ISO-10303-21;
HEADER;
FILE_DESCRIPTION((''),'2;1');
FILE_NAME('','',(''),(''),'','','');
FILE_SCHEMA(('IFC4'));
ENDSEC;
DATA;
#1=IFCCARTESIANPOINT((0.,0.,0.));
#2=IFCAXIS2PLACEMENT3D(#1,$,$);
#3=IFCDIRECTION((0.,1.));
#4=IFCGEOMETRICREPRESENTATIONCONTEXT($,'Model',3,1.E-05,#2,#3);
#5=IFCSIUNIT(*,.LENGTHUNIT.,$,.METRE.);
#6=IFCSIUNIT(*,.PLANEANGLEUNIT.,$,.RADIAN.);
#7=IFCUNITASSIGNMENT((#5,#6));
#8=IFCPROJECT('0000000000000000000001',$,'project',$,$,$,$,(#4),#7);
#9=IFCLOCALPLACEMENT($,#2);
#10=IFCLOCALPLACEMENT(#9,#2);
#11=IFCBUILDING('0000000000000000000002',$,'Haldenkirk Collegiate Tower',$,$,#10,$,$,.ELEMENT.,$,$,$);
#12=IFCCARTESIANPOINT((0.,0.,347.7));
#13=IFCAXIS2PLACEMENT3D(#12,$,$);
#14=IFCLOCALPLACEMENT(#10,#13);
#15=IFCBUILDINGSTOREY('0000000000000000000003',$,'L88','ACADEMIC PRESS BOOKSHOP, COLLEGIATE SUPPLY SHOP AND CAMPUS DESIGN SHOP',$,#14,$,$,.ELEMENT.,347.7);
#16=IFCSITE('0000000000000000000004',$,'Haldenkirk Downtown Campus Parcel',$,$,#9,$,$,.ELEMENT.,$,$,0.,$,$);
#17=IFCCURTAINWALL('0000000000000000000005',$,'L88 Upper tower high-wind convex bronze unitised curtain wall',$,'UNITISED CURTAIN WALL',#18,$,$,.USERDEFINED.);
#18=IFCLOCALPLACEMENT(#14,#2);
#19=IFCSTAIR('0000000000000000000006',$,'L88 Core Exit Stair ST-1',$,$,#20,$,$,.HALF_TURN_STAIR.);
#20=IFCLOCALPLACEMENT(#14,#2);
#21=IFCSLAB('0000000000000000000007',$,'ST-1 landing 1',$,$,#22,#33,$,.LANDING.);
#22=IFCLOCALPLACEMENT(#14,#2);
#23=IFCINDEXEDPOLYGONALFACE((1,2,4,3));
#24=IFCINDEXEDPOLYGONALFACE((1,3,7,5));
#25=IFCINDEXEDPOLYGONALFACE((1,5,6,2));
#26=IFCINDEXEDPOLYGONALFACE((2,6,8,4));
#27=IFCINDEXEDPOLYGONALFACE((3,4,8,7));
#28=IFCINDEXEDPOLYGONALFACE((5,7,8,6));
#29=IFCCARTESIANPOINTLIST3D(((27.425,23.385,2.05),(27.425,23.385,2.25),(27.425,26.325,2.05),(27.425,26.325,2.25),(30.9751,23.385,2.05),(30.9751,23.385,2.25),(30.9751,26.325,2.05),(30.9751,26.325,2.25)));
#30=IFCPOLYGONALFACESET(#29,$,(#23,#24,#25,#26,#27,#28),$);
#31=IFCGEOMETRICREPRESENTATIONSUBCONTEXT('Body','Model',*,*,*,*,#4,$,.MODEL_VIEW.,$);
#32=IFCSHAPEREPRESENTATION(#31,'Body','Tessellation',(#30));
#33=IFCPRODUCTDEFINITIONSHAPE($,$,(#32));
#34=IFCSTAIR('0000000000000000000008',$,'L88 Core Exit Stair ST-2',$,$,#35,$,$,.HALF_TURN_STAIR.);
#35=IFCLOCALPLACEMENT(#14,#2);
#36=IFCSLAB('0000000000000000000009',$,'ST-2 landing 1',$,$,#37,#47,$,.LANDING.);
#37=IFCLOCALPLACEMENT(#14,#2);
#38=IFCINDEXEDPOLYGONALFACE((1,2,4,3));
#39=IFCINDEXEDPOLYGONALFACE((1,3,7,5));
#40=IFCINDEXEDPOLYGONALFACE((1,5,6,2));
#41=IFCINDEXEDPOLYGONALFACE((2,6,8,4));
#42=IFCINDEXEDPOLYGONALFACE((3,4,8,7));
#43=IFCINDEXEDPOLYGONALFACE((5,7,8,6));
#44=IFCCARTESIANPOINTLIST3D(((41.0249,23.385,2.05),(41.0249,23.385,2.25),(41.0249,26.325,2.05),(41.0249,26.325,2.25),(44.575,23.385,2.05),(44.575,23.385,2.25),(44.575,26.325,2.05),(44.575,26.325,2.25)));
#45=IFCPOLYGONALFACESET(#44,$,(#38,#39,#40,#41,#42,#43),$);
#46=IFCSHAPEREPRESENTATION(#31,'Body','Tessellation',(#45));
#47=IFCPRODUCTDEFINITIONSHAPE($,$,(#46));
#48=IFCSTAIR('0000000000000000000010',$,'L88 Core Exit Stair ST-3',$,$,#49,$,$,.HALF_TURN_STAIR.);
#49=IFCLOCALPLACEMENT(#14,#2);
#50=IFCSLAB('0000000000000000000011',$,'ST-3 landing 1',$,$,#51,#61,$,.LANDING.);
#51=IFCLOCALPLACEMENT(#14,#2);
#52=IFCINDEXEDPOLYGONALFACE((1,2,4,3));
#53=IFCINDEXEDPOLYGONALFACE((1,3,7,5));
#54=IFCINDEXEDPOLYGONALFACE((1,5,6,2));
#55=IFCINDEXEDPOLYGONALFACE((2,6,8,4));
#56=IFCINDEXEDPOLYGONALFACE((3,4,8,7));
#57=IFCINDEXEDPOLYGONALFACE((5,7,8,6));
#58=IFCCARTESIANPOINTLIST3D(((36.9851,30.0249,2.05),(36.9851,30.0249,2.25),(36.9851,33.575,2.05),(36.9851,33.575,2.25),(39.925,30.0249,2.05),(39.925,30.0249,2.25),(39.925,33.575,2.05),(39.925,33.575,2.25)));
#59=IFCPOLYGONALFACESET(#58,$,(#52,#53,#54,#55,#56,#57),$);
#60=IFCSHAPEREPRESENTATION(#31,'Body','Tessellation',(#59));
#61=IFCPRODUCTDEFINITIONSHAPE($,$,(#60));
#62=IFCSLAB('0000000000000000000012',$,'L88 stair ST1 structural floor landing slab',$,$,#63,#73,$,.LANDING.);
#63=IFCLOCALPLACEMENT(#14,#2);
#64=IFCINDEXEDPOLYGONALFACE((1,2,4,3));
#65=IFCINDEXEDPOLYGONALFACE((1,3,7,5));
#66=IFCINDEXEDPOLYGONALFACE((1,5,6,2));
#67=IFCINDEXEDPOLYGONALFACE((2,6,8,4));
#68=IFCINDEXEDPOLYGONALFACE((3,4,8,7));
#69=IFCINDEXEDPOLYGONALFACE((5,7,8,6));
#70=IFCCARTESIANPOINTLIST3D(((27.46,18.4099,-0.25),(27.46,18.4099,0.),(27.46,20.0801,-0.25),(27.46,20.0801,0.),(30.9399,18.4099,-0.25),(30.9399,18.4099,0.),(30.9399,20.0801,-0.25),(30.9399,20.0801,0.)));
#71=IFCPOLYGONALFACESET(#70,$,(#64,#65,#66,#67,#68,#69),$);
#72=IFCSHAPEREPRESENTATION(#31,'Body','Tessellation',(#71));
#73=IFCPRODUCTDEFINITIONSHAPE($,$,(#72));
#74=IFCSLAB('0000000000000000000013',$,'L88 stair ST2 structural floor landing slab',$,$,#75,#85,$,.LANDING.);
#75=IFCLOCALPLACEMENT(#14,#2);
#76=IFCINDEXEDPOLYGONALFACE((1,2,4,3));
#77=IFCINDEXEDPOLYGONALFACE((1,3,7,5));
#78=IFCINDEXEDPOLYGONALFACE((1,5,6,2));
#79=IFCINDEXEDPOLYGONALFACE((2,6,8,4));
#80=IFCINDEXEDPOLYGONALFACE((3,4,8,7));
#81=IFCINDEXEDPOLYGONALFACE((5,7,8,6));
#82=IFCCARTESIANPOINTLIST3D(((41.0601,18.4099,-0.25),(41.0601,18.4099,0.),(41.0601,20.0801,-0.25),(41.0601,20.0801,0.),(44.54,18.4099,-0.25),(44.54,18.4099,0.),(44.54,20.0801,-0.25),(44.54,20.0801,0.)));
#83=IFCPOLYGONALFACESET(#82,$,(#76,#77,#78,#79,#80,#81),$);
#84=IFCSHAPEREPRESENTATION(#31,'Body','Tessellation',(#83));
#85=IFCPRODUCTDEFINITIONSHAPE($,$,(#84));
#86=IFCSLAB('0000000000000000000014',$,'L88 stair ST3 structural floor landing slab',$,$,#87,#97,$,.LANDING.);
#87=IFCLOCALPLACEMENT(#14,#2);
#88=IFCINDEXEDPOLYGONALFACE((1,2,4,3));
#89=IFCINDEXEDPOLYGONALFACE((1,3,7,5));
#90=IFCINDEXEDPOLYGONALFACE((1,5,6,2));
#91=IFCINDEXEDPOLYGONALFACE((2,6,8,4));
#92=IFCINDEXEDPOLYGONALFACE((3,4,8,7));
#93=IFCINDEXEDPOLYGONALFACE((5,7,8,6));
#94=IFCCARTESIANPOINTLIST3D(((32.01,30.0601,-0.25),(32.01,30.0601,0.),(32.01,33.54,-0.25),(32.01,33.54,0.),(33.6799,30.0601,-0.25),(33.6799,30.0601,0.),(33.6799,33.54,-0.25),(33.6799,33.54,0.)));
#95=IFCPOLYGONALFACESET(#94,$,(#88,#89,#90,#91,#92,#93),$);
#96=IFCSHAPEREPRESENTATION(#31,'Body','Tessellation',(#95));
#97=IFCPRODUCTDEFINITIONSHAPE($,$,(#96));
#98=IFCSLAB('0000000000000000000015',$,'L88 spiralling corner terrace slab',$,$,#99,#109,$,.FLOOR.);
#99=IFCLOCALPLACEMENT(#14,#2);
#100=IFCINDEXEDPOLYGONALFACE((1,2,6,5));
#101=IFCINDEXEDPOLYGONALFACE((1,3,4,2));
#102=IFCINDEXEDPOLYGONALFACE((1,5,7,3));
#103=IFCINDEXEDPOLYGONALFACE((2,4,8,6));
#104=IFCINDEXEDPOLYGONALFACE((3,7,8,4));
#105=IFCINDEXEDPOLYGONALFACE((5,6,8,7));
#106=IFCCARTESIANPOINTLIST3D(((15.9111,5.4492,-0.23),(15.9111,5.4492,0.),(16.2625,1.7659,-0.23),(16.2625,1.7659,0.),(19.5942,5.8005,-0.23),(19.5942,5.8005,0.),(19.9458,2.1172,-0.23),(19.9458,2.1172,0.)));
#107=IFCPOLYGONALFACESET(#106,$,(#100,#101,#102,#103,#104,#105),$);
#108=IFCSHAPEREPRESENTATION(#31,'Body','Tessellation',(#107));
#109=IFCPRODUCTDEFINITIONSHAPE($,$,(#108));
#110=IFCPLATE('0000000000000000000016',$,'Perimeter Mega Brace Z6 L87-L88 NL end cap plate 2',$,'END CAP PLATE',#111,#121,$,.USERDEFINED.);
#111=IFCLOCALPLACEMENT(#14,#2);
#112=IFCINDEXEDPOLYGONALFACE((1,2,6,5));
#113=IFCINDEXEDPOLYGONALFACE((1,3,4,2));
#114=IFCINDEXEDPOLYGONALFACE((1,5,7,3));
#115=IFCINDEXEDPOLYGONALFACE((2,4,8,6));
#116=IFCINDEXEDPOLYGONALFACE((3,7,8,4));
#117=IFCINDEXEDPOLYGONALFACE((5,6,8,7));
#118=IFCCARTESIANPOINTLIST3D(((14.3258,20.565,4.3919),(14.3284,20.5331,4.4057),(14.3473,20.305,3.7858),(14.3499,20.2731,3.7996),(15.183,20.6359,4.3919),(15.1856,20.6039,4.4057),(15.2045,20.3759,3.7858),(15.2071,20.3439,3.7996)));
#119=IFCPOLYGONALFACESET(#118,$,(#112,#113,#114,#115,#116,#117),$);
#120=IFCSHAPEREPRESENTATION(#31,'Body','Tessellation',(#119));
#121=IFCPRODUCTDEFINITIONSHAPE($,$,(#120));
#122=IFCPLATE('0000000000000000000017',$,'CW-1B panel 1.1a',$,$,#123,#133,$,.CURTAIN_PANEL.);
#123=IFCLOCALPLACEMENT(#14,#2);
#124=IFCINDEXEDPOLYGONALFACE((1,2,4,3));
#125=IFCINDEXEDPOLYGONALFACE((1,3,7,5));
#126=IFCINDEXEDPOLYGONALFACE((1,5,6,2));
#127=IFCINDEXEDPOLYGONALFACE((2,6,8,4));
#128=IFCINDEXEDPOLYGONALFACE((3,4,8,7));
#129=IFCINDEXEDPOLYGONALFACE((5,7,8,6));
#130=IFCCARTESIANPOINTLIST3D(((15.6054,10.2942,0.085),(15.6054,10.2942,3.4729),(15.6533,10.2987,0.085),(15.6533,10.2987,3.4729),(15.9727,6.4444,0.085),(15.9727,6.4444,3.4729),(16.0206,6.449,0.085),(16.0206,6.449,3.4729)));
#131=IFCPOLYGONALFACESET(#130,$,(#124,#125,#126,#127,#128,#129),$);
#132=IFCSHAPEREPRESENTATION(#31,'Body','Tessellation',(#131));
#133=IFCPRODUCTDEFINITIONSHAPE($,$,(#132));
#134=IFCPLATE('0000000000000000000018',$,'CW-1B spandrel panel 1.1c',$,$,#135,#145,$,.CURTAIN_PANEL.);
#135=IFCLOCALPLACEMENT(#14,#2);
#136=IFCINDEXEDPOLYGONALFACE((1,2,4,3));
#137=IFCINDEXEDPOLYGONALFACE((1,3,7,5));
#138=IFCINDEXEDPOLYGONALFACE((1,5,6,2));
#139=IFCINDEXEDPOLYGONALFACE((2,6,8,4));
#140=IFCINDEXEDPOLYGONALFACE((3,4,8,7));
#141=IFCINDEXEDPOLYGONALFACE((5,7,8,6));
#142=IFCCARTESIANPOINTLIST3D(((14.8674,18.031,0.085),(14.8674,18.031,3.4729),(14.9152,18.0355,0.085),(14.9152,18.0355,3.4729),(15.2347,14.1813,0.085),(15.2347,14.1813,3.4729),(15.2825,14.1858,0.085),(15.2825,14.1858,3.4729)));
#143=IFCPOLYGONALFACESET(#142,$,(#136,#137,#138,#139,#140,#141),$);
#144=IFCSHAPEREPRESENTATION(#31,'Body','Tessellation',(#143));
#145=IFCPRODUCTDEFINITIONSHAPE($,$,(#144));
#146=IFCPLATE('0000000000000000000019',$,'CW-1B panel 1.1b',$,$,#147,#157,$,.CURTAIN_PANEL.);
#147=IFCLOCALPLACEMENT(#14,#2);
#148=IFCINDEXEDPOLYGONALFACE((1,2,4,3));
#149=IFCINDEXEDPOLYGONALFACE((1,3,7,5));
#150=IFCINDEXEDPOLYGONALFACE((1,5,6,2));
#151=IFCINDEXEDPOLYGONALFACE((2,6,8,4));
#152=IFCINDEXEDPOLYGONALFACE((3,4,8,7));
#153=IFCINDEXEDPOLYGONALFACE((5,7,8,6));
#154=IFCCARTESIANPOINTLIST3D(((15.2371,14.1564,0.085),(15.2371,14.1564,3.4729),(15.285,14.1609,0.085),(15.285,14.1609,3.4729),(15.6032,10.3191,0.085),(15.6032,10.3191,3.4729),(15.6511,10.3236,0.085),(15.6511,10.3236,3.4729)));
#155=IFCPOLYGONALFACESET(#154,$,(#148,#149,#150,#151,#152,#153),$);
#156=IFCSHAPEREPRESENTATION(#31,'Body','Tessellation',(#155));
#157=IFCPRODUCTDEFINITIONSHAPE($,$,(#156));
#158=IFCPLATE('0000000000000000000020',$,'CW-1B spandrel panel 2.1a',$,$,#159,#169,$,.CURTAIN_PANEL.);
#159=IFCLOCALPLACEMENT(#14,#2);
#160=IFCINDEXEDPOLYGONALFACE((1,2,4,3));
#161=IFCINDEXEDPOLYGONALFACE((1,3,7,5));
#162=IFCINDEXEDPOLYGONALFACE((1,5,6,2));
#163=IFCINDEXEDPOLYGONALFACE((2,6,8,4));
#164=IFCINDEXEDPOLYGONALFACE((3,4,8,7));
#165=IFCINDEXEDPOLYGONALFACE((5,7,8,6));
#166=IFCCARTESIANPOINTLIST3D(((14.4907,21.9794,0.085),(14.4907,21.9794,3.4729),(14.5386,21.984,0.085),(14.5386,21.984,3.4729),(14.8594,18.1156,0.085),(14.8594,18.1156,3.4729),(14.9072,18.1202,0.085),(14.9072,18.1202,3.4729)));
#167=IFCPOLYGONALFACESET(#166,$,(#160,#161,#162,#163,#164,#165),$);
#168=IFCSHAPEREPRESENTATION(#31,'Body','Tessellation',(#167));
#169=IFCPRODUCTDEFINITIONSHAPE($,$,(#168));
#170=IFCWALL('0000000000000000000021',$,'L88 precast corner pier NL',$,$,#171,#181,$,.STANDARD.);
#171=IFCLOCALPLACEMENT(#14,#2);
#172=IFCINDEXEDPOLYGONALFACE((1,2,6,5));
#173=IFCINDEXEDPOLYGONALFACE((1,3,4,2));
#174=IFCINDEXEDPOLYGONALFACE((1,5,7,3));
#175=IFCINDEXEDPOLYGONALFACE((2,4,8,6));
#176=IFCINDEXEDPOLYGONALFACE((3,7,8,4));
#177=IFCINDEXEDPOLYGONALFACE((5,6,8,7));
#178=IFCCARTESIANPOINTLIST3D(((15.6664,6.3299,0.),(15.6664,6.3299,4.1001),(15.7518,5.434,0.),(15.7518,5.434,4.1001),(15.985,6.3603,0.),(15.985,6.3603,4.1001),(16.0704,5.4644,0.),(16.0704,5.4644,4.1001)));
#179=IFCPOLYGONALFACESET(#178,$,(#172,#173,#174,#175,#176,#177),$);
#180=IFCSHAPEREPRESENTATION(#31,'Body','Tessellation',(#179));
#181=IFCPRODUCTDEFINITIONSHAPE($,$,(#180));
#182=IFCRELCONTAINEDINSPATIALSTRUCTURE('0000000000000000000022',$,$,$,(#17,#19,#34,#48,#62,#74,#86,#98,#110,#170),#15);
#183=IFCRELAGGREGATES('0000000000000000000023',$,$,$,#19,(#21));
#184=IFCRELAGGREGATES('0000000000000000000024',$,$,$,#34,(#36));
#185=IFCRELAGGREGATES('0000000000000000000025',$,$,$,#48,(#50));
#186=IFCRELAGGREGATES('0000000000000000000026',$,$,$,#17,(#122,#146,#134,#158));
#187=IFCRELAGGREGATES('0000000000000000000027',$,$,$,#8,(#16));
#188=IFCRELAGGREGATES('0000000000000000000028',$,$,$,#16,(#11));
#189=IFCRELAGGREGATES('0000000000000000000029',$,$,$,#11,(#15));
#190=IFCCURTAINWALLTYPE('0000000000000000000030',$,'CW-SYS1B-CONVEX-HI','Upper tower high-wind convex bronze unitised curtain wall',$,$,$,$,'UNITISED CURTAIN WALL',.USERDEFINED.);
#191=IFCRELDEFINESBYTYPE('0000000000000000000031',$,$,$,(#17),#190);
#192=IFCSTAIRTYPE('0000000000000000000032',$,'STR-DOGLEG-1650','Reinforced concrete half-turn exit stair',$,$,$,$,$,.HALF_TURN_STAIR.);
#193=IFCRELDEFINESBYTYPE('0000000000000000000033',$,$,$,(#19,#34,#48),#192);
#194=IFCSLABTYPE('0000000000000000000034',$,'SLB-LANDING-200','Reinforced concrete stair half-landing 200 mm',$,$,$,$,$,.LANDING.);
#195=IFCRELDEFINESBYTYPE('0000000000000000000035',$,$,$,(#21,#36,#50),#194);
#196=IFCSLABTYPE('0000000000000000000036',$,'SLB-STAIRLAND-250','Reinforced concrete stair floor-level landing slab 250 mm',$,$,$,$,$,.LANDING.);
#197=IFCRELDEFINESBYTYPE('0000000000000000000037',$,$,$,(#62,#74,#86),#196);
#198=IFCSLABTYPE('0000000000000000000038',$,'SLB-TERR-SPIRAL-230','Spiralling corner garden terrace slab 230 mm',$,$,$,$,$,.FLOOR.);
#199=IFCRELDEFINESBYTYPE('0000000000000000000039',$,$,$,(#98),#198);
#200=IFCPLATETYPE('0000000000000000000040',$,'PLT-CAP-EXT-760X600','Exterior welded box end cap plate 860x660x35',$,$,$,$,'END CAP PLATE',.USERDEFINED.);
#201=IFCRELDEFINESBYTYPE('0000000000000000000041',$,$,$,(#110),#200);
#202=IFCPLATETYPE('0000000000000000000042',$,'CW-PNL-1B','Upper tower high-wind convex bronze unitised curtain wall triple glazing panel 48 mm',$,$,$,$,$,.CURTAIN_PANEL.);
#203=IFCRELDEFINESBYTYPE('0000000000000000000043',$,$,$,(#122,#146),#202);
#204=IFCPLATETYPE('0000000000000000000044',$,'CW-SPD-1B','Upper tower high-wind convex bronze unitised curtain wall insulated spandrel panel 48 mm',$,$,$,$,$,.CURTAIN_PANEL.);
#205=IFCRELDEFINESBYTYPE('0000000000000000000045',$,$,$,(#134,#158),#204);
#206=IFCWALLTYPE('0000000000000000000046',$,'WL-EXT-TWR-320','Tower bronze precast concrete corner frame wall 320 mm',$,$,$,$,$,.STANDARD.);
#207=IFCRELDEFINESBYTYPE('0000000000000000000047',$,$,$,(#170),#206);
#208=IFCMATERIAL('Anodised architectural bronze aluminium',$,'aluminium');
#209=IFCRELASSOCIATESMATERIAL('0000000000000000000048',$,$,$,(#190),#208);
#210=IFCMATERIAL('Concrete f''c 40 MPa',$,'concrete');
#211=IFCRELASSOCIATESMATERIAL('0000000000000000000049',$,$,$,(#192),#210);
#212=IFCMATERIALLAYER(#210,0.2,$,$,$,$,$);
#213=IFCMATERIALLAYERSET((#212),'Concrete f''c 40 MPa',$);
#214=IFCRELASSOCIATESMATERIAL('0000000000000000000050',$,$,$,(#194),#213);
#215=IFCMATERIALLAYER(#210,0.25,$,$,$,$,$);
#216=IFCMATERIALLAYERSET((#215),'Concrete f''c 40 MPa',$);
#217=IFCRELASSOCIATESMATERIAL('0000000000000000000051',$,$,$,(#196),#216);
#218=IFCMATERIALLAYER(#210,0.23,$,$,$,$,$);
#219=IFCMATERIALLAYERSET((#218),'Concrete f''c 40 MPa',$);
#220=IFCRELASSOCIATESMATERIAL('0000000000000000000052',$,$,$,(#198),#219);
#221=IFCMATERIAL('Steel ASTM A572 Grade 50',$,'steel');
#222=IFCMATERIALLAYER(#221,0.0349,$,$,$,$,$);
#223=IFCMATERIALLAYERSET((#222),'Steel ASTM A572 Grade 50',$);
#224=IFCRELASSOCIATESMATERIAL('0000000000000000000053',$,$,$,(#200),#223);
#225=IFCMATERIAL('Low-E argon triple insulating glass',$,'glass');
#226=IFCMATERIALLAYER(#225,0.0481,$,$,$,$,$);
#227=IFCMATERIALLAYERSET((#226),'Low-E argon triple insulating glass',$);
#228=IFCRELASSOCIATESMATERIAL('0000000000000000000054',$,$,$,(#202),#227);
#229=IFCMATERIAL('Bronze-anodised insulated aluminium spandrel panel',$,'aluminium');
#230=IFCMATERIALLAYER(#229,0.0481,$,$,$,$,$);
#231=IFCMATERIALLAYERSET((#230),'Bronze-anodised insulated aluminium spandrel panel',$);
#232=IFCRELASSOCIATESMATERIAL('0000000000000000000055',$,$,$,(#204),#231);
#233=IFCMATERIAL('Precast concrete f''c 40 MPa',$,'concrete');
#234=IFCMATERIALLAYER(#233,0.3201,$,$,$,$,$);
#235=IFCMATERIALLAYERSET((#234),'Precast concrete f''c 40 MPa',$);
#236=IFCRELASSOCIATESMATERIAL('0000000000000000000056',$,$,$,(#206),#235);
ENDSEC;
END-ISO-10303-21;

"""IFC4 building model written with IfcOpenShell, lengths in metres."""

from ifc_helpers import new_model, si_unit, direction, frame, frame_2d, origin, origin_2d, place, context, subcontext, project, spatial, polyline, rectangle, outline, extrude, source, transform, mapped, material, layer, layer_set, type_object, element, aggregate, save


model = new_model("IFC4")

# Units and contexts
model_context = context("Model", 3, precision=1e-05, world=origin(), true_north=direction((0.0, 1.0)))
body_context = subcontext(model_context, "Body", "Model", "MODEL_VIEW")
ifc_project = project(units=[si_unit("LENGTHUNIT", "METRE"), si_unit("PLANEANGLEUNIT", "RADIAN")], contexts=[model_context])

# Site, building, storey
site_placement = place(None, origin())
site = spatial("IfcSite", under=ifc_project, at=site_placement, Name="Haldenkirk Downtown Campus Parcel", CompositionType="ELEMENT", RefElevation=0.0)
building_placement = place(site_placement, origin())
building = spatial("IfcBuilding", under=site, at=building_placement, Name="Haldenkirk Collegiate Tower", CompositionType="ELEMENT")
storey_placement = place(building_placement, frame((0.0, 0.0, 347.7)))
storey = spatial("IfcBuildingStorey", under=building, at=storey_placement, Name="L88", Description="ACADEMIC PRESS BOOKSHOP, COLLEGIATE SUPPLY SHOP AND CAMPUS DESIGN SHOP", CompositionType="ELEMENT", Elevation=347.7)

# Curtain wall
ifc_material_1 = material(Name="Anodised architectural bronze aluminium", Category="aluminium")
curtain_wall_type = type_object("IfcCurtainWallType", Name="CW-SYS1B-CONVEX-HI", Description="Upper tower high-wind convex bronze unitised curtain wall", ElementType="UNITISED CURTAIN WALL", PredefinedType="USERDEFINED", material=ifc_material_1)
curtain_wall_placement = place(storey_placement, origin())
curtain_wall = element("IfcCurtainWall", 1, at=curtain_wall_placement, inside=storey, type_object=curtain_wall_type, Name="L88 Upper tower high-wind convex bronze unitised curtain wall", ObjectType="UNITISED CURTAIN WALL", PredefinedType="USERDEFINED")

# Shared definitions
ifc_material_2 = material(Name="Concrete f'c 40 MPa", Category="concrete")

# Stairs, slabs
stair_type = type_object("IfcStairType", Name="STR-DOGLEG-1650", Description="Reinforced concrete half-turn exit stair", PredefinedType="HALF_TURN_STAIR", material=ifc_material_2)
stair_1_placement = place(storey_placement, origin())
stair_1 = element("IfcStair", 2, at=stair_1_placement, inside=storey, type_object=stair_type, Name="L88 Core Exit Stair ST-1", PredefinedType="HALF_TURN_STAIR")
ifc_layer_1 = layer(ifc_material_2, 0.2)
ifc_layer_set_1 = layer_set([ifc_layer_1], Name="Concrete f'c 40 MPa")
slab_type_1 = type_object("IfcSlabType", Name="SLB-LANDING-200", Description="Reinforced concrete stair half-landing 200 mm", PredefinedType="LANDING", material=ifc_layer_set_1)
slab_1_placement = place(storey_placement, frame((0.0, 0.0, 2.05)))
slab_1 = element("IfcSlab", 3, at=slab_1_placement, type_object=slab_type_1, Name="ST-1 landing 1", PredefinedType="LANDING", context=body_context, shape_type="SweptSolid", body=[
    extrude(outline(polyline([(30.9751, 23.385), (27.425, 23.385), (27.425, 26.325), (30.9751, 26.325), (30.9751, 23.385)])), origin(), (0.0, 0.0, 1.0), 0.2),
])
aggregate(stair_1, [slab_1])
stair_2_placement = place(storey_placement, origin())
stair_2 = element("IfcStair", 4, at=stair_2_placement, inside=storey, type_object=stair_type, Name="L88 Core Exit Stair ST-2", PredefinedType="HALF_TURN_STAIR")
slab_2_placement = place(storey_placement, frame((0.0, 0.0, 2.05)))
slab_2 = element("IfcSlab", 5, at=slab_2_placement, type_object=slab_type_1, Name="ST-2 landing 1", PredefinedType="LANDING", context=body_context, shape_type="SweptSolid", body=[
    extrude(outline(polyline([(44.575, 23.385), (41.0249, 23.385), (41.0249, 26.325), (44.575, 26.325), (44.575, 23.385)])), origin(), (0.0, 0.0, 1.0), 0.2),
])
aggregate(stair_2, [slab_2])
stair_3_placement = place(storey_placement, origin())
stair_3 = element("IfcStair", 6, at=stair_3_placement, inside=storey, type_object=stair_type, Name="L88 Core Exit Stair ST-3", PredefinedType="HALF_TURN_STAIR")
slab_3_placement = place(storey_placement, frame((0.0, 0.0, 2.05)))
slab_3 = element("IfcSlab", 7, at=slab_3_placement, type_object=slab_type_1, Name="ST-3 landing 1", PredefinedType="LANDING", context=body_context, shape_type="SweptSolid", body=[
    extrude(outline(polyline([(36.9851, 30.0249), (36.9851, 33.575), (39.925, 33.575), (39.925, 30.0249), (36.9851, 30.0249)])), origin(), (0.0, 0.0, 1.0), 0.2),
])
aggregate(stair_3, [slab_3])

# Slabs
ifc_layer_2 = layer(ifc_material_2, 0.25)
ifc_layer_set_2 = layer_set([ifc_layer_2], Name="Concrete f'c 40 MPa")
slab_type_2 = type_object("IfcSlabType", Name="SLB-STAIRLAND-250", Description="Reinforced concrete stair floor-level landing slab 250 mm", PredefinedType="LANDING", material=ifc_layer_set_2)
slab_4_placement = place(storey_placement, frame((0.0, 0.0, -0.25)))
element("IfcSlab", 8, at=slab_4_placement, inside=storey, type_object=slab_type_2, Name="L88 stair ST1 structural floor landing slab", PredefinedType="LANDING", context=body_context, shape_type="SweptSolid", body=[
    extrude(outline(polyline([(27.46, 18.4099), (30.9399, 18.4099), (30.9399, 20.0801), (27.46, 20.0801), (27.46, 18.4099)])), origin(), (0.0, 0.0, 1.0), 0.25),
])
slab_5_placement = place(storey_placement, frame((0.0, 0.0, -0.25)))
element("IfcSlab", 9, at=slab_5_placement, inside=storey, type_object=slab_type_2, Name="L88 stair ST2 structural floor landing slab", PredefinedType="LANDING", context=body_context, shape_type="SweptSolid", body=[
    extrude(outline(polyline([(41.0601, 18.4099), (44.54, 18.4099), (44.54, 20.0801), (41.0601, 20.0801), (41.0601, 18.4099)])), origin(), (0.0, 0.0, 1.0), 0.25),
])
slab_6_placement = place(storey_placement, frame((0.0, 0.0, -0.25)))
element("IfcSlab", 10, at=slab_6_placement, inside=storey, type_object=slab_type_2, Name="L88 stair ST3 structural floor landing slab", PredefinedType="LANDING", context=body_context, shape_type="SweptSolid", body=[
    extrude(outline(polyline([(32.01, 30.0601), (33.6799, 30.0601), (33.6799, 33.54), (32.01, 33.54), (32.01, 30.0601)])), origin(), (0.0, 0.0, 1.0), 0.25),
])
ifc_layer_3 = layer(ifc_material_2, 0.23)
ifc_layer_set_3 = layer_set([ifc_layer_3], Name="Concrete f'c 40 MPa")
slab_type_3 = type_object("IfcSlabType", Name="SLB-TERR-SPIRAL-230", Description="Spiralling corner garden terrace slab 230 mm", PredefinedType="FLOOR", material=ifc_layer_set_3)
slab_7_placement = place(storey_placement, frame((0.0, 0.0, -0.23)))
element("IfcSlab", 11, at=slab_7_placement, inside=storey, type_object=slab_type_3, Name="L88 spiralling corner terrace slab", PredefinedType="FLOOR", context=body_context, shape_type="SweptSolid", body=[
    extrude(outline(polyline([(19.9458, 2.1172), (19.5942, 5.8005), (15.9111, 5.4492), (16.2625, 1.7659), (19.9458, 2.1172)])), origin(), (0.0, 0.0, 1.0), 0.23),
])

# Plates
ifc_material_3 = material(Name="Steel ASTM A572 Grade 50", Category="steel")
ifc_layer_4 = layer(ifc_material_3, 0.0349)
ifc_layer_set_4 = layer_set([ifc_layer_4], Name="Steel ASTM A572 Grade 50")
plate_type_1 = type_object("IfcPlateType", Name="PLT-CAP-EXT-760X600", Description="Exterior welded box end cap plate 860x660x35", ElementType="END CAP PLATE", PredefinedType="USERDEFINED", material=ifc_layer_set_4)
shared_shape_1 = source(origin(), body_context, "Body", "SweptSolid", [
    extrude(rectangle(XDim=0.8601, YDim=0.6599, at=origin_2d()), origin(), (0.0, 0.0, 1.0), 0.0349),
])
plate_1_placement = place(storey_placement, frame((14.7651, 20.4705, 4.0889), z_axis=(0.075682, -0.915407, 0.39535), x_axis=(0.9966, 0.082395, 0.0)))
element("IfcPlate", 12, at=plate_1_placement, inside=storey, type_object=plate_type_1, Name="Perimeter Mega Brace Z6 L87-L88 NL end cap plate 2", ObjectType="END CAP PLATE", PredefinedType="USERDEFINED", context=body_context, shape_type="MappedRepresentation", body=[
    mapped(shared_shape_1, transform((0.0, 0.0, 0.0), x_axis=(1.0, 0.0, 0.0), y_axis=(0.0, 1.0, 0.0), z_axis=(0.0, 0.0, 1.0), scale=1.0)),
])
ifc_material_4 = material(Name="Low-E argon triple insulating glass", Category="glass")
ifc_layer_5 = layer(ifc_material_4, 0.0481)
ifc_layer_set_5 = layer_set([ifc_layer_5], Name="Low-E argon triple insulating glass")
plate_type_2 = type_object("IfcPlateType", Name="CW-PNL-1B", Description="Upper tower high-wind convex bronze unitised curtain wall triple glazing panel 48 mm", PredefinedType="CURTAIN_PANEL", material=ifc_layer_set_5)
shared_shape_2 = source(origin(), body_context, "Body", "SweptSolid", [
    extrude(rectangle(XDim=3.8672, YDim=0.0481, at=origin_2d()), origin(), (0.0, 0.0, 1.0), 3.3879),
])
plate_2_placement = place(storey_placement, frame((15.813, 8.3716, 0.085), z_axis=(0.0, 0.0, 1.0), x_axis=(-0.094977, 0.995479, 0.0)))
plate_2 = element("IfcPlate", 13, at=plate_2_placement, type_object=plate_type_2, Name="CW-1B panel 1.1a", PredefinedType="CURTAIN_PANEL", context=body_context, shape_type="MappedRepresentation", body=[
    mapped(shared_shape_2, transform((0.0, 0.0, 0.0), x_axis=(1.0, 0.0, 0.0), y_axis=(0.0, 1.0, 0.0), z_axis=(0.0, 0.0, 1.0), scale=1.0)),
])
ifc_material_5 = material(Name="Bronze-anodised insulated aluminium spandrel panel", Category="aluminium")
ifc_layer_6 = layer(ifc_material_5, 0.0481)
ifc_layer_set_6 = layer_set([ifc_layer_6], Name="Bronze-anodised insulated aluminium spandrel panel")
plate_type_3 = type_object("IfcPlateType", Name="CW-SPD-1B", Description="Upper tower high-wind convex bronze unitised curtain wall insulated spandrel panel 48 mm", PredefinedType="CURTAIN_PANEL", material=ifc_layer_set_6)
plate_3_placement = place(storey_placement, frame((15.075, 16.1084, 0.085), z_axis=(0.0, 0.0, 1.0), x_axis=(-0.094977, 0.995479, 0.0)))
plate_3 = element("IfcPlate", 14, at=plate_3_placement, type_object=plate_type_3, Name="CW-1B spandrel panel 1.1c", PredefinedType="CURTAIN_PANEL", context=body_context, shape_type="MappedRepresentation", body=[
    mapped(shared_shape_2, transform((0.0, 0.0, 0.0), x_axis=(1.0, 0.0, 0.0), y_axis=(0.0, 1.0, 0.0), z_axis=(0.0, 0.0, 1.0), scale=1.0)),
])
shared_shape_3 = source(origin(), body_context, "Body", "SweptSolid", [
    extrude(rectangle(XDim=3.8547, YDim=0.0481, at=origin_2d()), origin(), (0.0, 0.0, 1.0), 3.3879),
])
plate_4_placement = place(storey_placement, frame((15.4441, 12.24, 0.085), z_axis=(0.0, 0.0, 1.0), x_axis=(-0.094977, 0.995479, 0.0)))
plate_4 = element("IfcPlate", 15, at=plate_4_placement, type_object=plate_type_2, Name="CW-1B panel 1.1b", PredefinedType="CURTAIN_PANEL", context=body_context, shape_type="MappedRepresentation", body=[
    mapped(shared_shape_3, transform((0.0, 0.0, 0.0), x_axis=(1.0, 0.0, 0.0), y_axis=(0.0, 1.0, 0.0), z_axis=(0.0, 0.0, 1.0), scale=1.0)),
])
shared_shape_4 = source(origin(), body_context, "Body", "SweptSolid", [
    extrude(rectangle(XDim=3.8813, YDim=0.0481, at=origin_2d()), origin(), (0.0, 0.0, 1.0), 3.3879),
])
plate_5_placement = place(storey_placement, frame((14.699, 20.0498, 0.085), z_axis=(0.0, 0.0, 1.0), x_axis=(-0.094977, 0.995479, 0.0)))
plate_5 = element("IfcPlate", 16, at=plate_5_placement, type_object=plate_type_3, Name="CW-1B spandrel panel 2.1a", PredefinedType="CURTAIN_PANEL", context=body_context, shape_type="MappedRepresentation", body=[
    mapped(shared_shape_4, transform((0.0, 0.0, 0.0), x_axis=(1.0, 0.0, 0.0), y_axis=(0.0, 1.0, 0.0), z_axis=(0.0, 0.0, 1.0), scale=1.0)),
])
aggregate(curtain_wall, [plate_2, plate_4, plate_3, plate_5])

# Wall
ifc_material_6 = material(Name="Precast concrete f'c 40 MPa", Category="concrete")
ifc_layer_7 = layer(ifc_material_6, 0.3201)
ifc_layer_set_7 = layer_set([ifc_layer_7], Name="Precast concrete f'c 40 MPa")
wall_type_1 = type_object("IfcWallType", Name="WL-EXT-TWR-320", Description="Tower bronze precast concrete corner frame wall 320 mm", PredefinedType="STANDARD", material=ifc_layer_set_7)
wall_1_placement = place(storey_placement, frame((15.9111, 5.4492, 0.0), z_axis=(0.0, 0.0, 1.0), x_axis=(-0.094963, 0.995481, 0.0)))
element("IfcWall", 17, at=wall_1_placement, inside=storey, type_object=wall_type_1, Name="L88 precast corner pier NL", PredefinedType="STANDARD", context=body_context, shape_type="SweptSolid", body=[
    extrude(rectangle(XDim=0.8999, YDim=0.3201, at=frame_2d((0.45, 0.0))), origin(), (0.0, 0.0, 1.0), 4.1001),
])

save(model, "model.ifc")
